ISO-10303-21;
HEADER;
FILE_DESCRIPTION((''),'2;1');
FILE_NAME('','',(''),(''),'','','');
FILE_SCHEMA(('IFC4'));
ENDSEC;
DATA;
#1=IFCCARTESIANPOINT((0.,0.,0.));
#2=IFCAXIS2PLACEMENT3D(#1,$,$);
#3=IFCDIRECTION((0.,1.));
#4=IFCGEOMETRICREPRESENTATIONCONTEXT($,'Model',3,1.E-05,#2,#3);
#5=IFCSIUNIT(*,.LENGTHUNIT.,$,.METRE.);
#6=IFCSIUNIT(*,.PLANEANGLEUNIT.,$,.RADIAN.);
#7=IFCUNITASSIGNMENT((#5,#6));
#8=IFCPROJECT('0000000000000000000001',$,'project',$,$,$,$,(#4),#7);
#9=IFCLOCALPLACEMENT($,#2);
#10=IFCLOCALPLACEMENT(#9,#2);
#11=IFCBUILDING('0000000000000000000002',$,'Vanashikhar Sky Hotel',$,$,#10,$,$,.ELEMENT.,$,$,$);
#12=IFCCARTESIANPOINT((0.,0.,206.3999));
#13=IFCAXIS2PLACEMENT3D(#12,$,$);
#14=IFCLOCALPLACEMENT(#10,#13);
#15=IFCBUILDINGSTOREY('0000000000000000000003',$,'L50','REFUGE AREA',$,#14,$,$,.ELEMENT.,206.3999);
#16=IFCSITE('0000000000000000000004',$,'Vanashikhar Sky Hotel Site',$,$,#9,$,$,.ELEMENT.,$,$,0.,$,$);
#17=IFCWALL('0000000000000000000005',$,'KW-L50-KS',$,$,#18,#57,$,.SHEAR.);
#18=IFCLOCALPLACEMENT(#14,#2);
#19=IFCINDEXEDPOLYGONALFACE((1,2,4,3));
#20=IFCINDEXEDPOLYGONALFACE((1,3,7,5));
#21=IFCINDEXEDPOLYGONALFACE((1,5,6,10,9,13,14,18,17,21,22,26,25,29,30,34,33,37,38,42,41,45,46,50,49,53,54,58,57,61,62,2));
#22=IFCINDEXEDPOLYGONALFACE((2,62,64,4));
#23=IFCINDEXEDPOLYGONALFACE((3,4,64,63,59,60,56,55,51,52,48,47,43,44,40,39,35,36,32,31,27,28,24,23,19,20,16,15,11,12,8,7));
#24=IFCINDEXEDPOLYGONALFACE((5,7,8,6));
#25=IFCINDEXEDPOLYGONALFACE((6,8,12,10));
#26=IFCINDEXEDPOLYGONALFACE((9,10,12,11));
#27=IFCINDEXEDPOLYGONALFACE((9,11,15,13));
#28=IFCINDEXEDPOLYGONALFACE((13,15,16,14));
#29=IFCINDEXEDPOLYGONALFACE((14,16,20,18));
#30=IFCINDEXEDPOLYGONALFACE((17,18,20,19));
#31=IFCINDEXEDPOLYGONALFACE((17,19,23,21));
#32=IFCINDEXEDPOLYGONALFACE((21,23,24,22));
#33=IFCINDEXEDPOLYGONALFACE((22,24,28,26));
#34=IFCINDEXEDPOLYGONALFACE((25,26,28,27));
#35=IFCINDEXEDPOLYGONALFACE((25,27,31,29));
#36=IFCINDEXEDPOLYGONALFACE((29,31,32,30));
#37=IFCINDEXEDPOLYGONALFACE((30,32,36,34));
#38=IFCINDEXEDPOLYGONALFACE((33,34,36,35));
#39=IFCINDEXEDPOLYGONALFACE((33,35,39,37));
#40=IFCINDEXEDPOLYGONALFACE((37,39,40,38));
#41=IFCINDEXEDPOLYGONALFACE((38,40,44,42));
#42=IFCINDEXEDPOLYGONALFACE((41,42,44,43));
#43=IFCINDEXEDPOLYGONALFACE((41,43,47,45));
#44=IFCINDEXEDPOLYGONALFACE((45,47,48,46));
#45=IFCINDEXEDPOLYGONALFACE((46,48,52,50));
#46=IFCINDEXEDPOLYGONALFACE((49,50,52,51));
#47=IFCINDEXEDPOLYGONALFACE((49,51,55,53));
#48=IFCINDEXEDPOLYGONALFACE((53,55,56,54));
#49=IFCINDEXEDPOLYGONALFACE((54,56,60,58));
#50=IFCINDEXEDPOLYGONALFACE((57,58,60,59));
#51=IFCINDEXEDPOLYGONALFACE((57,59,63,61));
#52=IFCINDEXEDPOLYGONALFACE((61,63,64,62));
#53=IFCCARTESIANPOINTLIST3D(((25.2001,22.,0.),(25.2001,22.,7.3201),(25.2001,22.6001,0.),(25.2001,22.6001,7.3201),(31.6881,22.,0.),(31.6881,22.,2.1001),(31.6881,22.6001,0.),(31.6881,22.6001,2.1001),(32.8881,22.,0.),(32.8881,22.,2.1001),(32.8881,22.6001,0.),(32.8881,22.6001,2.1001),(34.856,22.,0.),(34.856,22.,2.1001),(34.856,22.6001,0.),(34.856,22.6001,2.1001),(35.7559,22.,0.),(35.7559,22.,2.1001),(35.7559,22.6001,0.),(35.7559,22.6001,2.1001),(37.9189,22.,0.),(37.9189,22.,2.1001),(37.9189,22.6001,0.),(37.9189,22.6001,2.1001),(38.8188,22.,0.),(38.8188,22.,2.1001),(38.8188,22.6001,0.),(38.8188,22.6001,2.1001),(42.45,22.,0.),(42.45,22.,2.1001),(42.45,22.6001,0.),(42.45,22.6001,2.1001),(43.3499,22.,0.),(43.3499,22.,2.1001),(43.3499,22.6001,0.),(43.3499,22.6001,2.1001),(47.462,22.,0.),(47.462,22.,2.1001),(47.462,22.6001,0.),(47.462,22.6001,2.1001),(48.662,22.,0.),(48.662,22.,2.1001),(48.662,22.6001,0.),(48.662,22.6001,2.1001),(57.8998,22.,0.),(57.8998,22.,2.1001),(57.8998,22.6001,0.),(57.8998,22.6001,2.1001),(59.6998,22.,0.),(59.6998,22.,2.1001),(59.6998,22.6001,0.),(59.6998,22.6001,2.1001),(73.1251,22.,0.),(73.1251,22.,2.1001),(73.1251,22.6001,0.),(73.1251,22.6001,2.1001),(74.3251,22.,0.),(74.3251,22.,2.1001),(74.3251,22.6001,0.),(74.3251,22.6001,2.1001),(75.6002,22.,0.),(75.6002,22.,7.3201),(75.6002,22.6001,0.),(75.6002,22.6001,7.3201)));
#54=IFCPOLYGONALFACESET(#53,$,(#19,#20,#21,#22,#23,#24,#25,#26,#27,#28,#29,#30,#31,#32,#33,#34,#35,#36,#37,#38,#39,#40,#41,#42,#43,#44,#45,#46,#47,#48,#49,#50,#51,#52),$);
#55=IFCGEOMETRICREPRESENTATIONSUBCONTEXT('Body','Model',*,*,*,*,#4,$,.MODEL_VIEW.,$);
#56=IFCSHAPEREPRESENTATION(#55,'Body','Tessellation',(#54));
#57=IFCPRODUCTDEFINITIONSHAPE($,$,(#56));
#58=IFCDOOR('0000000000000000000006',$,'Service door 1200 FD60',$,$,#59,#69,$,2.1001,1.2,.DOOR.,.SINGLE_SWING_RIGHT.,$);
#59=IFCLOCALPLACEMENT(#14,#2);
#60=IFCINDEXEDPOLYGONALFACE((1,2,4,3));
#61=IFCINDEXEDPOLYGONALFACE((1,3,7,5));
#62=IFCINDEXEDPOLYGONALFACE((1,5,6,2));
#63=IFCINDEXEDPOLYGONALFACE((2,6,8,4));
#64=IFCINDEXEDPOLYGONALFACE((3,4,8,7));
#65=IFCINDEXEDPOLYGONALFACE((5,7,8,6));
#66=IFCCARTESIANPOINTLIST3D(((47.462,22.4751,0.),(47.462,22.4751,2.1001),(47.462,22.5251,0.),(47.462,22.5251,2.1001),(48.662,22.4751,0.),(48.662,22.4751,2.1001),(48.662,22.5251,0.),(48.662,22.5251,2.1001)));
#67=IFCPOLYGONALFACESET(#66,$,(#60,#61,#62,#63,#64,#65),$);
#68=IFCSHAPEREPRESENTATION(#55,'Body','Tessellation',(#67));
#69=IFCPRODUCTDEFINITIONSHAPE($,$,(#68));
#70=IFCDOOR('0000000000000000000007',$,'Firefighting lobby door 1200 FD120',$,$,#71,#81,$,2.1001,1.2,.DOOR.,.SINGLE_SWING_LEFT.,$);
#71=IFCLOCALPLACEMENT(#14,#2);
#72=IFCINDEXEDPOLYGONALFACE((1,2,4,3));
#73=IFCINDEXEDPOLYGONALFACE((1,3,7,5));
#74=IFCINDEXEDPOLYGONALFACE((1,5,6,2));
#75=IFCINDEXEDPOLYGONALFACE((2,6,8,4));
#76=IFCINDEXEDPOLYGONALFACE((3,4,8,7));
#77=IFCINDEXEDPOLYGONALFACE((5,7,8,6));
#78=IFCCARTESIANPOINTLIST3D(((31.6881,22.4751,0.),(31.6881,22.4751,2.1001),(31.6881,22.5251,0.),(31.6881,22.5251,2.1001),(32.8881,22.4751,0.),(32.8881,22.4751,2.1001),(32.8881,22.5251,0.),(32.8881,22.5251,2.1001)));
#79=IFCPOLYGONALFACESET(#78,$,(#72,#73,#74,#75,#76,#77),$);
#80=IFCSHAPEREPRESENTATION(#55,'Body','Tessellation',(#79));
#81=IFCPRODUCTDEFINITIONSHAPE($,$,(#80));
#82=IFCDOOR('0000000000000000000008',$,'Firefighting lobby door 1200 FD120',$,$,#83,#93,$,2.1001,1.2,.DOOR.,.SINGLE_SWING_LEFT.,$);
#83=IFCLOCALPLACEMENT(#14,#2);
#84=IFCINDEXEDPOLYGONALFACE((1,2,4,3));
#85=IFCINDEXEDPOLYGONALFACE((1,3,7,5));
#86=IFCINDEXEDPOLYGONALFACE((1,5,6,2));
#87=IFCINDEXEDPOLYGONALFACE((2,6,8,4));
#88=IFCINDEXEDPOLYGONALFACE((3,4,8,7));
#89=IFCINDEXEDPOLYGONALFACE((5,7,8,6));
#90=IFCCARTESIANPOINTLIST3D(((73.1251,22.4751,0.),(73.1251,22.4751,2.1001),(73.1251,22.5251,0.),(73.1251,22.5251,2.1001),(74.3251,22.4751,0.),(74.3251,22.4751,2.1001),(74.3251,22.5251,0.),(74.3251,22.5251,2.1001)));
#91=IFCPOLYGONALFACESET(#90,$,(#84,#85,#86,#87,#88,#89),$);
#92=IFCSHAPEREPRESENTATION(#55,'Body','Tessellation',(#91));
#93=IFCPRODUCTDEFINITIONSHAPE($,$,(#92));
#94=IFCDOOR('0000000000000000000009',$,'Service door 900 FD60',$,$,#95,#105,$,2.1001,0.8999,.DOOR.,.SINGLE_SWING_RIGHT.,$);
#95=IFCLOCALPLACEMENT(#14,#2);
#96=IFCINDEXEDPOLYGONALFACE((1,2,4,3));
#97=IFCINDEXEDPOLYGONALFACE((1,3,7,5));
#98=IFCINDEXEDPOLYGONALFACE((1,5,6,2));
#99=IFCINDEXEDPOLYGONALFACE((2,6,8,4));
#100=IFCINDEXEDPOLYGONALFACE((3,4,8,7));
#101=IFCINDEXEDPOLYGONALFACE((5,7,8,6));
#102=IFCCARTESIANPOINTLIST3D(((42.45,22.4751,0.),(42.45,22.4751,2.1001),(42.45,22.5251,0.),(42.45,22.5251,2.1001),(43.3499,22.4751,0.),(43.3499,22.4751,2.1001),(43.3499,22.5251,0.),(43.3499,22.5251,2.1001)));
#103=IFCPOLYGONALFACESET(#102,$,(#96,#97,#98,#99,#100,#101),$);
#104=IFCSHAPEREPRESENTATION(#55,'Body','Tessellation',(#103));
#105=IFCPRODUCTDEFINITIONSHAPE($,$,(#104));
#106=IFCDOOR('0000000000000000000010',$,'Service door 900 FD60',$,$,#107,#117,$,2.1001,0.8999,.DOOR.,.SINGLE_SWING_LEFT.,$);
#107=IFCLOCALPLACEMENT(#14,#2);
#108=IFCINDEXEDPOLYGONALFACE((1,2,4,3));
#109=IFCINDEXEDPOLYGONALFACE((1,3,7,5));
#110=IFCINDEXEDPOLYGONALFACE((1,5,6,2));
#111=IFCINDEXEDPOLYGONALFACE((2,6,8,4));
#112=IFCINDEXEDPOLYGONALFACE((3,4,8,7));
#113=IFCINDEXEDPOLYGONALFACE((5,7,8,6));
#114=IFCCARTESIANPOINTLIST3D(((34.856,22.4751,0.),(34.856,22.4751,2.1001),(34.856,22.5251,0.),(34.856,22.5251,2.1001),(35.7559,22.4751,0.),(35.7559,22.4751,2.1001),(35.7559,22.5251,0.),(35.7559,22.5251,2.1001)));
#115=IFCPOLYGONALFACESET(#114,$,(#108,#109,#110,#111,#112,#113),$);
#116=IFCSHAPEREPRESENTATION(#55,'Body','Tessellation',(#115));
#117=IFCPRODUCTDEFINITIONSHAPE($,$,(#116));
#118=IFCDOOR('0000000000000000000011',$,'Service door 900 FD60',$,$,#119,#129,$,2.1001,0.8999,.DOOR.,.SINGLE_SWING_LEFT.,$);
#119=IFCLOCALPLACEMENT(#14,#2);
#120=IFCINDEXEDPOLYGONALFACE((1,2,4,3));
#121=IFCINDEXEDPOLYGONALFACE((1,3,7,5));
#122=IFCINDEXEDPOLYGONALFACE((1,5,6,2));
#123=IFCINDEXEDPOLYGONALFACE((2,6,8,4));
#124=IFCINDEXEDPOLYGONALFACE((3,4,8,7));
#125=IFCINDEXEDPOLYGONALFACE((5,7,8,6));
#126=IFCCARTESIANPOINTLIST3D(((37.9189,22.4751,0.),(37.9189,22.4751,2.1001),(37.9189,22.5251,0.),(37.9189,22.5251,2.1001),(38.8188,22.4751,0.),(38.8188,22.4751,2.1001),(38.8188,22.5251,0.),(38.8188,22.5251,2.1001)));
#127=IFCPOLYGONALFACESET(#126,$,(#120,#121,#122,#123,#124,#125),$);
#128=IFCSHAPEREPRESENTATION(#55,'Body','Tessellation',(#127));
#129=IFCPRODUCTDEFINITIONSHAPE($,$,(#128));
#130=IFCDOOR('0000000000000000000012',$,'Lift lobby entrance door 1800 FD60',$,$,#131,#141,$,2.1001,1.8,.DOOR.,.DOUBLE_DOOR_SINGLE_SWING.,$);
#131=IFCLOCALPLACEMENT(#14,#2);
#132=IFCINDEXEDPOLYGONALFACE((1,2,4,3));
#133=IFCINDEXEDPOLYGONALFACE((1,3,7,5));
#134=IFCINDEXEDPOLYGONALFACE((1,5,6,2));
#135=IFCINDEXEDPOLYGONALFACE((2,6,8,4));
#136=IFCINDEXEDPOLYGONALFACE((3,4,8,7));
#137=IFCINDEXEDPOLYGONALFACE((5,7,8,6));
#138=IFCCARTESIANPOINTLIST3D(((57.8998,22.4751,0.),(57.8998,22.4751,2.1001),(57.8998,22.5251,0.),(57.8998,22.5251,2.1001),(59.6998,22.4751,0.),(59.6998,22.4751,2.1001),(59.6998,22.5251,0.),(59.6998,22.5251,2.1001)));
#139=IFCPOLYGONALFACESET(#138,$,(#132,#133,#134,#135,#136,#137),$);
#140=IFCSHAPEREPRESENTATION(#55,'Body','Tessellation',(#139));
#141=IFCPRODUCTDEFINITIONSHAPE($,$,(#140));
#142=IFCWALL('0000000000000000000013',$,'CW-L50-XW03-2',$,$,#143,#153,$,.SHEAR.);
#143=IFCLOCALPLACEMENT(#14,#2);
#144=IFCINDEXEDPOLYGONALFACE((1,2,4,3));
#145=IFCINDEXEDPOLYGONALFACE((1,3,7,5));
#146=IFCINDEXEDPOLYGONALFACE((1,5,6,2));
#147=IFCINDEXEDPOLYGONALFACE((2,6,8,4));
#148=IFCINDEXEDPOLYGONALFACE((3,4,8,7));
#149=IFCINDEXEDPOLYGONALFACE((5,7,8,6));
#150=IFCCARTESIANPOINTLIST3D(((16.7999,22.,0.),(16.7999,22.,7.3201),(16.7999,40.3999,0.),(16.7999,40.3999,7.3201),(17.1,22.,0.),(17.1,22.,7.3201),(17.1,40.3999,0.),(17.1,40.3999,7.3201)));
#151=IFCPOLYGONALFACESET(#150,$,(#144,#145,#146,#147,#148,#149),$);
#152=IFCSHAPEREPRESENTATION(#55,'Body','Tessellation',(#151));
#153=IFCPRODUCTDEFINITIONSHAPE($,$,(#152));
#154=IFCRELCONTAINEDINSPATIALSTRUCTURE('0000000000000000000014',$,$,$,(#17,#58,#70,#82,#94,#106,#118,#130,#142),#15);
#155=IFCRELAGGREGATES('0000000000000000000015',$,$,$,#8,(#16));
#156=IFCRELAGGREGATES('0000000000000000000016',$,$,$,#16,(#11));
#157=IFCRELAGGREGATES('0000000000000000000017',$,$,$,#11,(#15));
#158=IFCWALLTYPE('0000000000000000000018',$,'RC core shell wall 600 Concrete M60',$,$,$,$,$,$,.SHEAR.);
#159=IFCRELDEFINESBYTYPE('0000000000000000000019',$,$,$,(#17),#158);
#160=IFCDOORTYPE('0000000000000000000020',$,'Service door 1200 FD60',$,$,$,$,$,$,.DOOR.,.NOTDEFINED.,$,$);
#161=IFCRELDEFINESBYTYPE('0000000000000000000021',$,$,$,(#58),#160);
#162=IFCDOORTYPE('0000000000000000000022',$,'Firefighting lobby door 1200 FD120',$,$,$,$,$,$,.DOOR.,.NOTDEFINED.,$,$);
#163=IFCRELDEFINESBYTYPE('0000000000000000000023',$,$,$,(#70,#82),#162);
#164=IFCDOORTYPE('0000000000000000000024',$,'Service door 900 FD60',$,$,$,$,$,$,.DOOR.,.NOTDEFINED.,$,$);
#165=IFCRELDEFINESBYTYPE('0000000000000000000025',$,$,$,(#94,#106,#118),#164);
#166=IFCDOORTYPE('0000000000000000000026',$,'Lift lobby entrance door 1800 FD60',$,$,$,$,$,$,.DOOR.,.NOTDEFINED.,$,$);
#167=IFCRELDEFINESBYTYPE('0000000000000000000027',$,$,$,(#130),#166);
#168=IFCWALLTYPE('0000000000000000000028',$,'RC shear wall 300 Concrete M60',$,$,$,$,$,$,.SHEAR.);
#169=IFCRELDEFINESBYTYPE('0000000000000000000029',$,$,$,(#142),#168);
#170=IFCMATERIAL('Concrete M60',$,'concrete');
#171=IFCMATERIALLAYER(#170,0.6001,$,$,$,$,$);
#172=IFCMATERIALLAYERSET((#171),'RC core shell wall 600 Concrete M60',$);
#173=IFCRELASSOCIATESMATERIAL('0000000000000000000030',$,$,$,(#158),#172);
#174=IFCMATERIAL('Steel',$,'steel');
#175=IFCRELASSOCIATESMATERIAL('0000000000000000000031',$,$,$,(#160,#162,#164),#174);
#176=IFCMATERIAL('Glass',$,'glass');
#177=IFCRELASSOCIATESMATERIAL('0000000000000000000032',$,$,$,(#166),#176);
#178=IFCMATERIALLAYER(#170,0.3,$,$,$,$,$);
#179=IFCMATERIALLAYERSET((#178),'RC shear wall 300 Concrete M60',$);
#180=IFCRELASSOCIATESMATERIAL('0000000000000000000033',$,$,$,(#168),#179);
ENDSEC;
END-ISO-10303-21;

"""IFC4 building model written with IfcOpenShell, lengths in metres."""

from ifc_helpers import new_model, si_unit, direction, frame, frame_2d, origin, place, context, subcontext, project, spatial, rectangle, extrude, source, transform, mapped, material, layer, layer_set, type_object, element, fill, save


model = new_model("IFC4")

# Units and contexts
model_context = context("Model", 3, precision=1e-05, world=origin(), true_north=direction((0.0, 1.0)))
body_context = subcontext(model_context, "Body", "Model", "MODEL_VIEW")
ifc_project = project(units=[si_unit("LENGTHUNIT", "METRE"), si_unit("PLANEANGLEUNIT", "RADIAN")], contexts=[model_context])

# Site, building, storey
site_placement = place(None, origin())
site = spatial("IfcSite", under=ifc_project, at=site_placement, Name="Vanashikhar Sky Hotel Site", CompositionType="ELEMENT", RefElevation=0.0)
building_placement = place(site_placement, origin())
building = spatial("IfcBuilding", under=site, at=building_placement, Name="Vanashikhar Sky Hotel", CompositionType="ELEMENT")
storey_placement = place(building_placement, frame((0.0, 0.0, 206.3999)))
storey = spatial("IfcBuildingStorey", under=building, at=storey_placement, Name="L50", Description="REFUGE AREA", CompositionType="ELEMENT", Elevation=206.3999)

# Wall, openings, doors
ifc_material_1 = material(Name="Concrete M60", Category="concrete")
ifc_layer_1 = layer(ifc_material_1, 0.6001)
ifc_layer_set_1 = layer_set([ifc_layer_1], Name="RC core shell wall 600 Concrete M60")
wall_type_1 = type_object("IfcWallType", Name="RC core shell wall 600 Concrete M60", PredefinedType="SHEAR", material=ifc_layer_set_1)
shared_shape_1 = source(origin(), body_context, "Body", "SweptSolid", [
    extrude(rectangle(XDim=50.4001, YDim=0.6001, at=frame_2d((25.2002, 0.0))), origin(), (0.0, 0.0, 1.0), 7.3201),
])
wall_1_placement = place(storey_placement, frame((25.2, 22.3, 0.0), z_axis=(0.0, 0.0, 1.0), x_axis=(1.0, 0.0, 0.0)))
wall_1 = element("IfcWall", 1, at=wall_1_placement, inside=storey, type_object=wall_type_1, Name="KW-L50-KS", PredefinedType="SHEAR", context=body_context, shape_type="MappedRepresentation", body=[
    mapped(shared_shape_1, transform((0.0, 0.0, 0.0), scale=1.0)),
])
shared_shape_2 = source(origin(), body_context, "Body", "SweptSolid", [
    extrude(rectangle(XDim=1.2, YDim=2.1001, at=frame_2d((0.6001, 1.05))), frame((0.0, 0.3101, 0.0), z_axis=(0.0, -1.0, 0.0), x_axis=(1.0, 0.0, 0.0)), (0.0, 0.0, 1.0), 0.6201),
])
opening_1_placement = place(wall_1_placement, frame((22.262, 0.0, 0.0)))
opening_1 = element("IfcOpeningElement", 2, at=opening_1_placement, cuts=wall_1, PredefinedType="OPENING", context=body_context, shape_type="MappedRepresentation", body=[
    mapped(shared_shape_2, transform((0.0, 0.0, 0.0), scale=1.0)),
])
shared_shape_3 = source(origin(), body_context, "Body", "SweptSolid", [
    extrude(rectangle(XDim=0.8999, YDim=2.1001, at=frame_2d((0.45, 1.05))), frame((0.0, 0.3101, 0.0), z_axis=(0.0, -1.0, 0.0), x_axis=(1.0, 0.0, 0.0)), (0.0, 0.0, 1.0), 0.6201),
])
opening_2_placement = place(wall_1_placement, frame((17.25, 0.0, 0.0)))
opening_2 = element("IfcOpeningElement", 3, at=opening_2_placement, cuts=wall_1, PredefinedType="OPENING", context=body_context, shape_type="MappedRepresentation", body=[
    mapped(shared_shape_3, transform((0.0, 0.0, 0.0), scale=1.0)),
])
opening_3_placement = place(wall_1_placement, frame((9.656, 0.0, 0.0)))
opening_3 = element("IfcOpeningElement", 4, at=opening_3_placement, cuts=wall_1, PredefinedType="OPENING", context=body_context, shape_type="MappedRepresentation", body=[
    mapped(shared_shape_3, transform((0.0, 0.0, 0.0), scale=1.0)),
])
opening_4_placement = place(wall_1_placement, frame((12.719, 0.0, 0.0)))
opening_4 = element("IfcOpeningElement", 5, at=opening_4_placement, cuts=wall_1, PredefinedType="OPENING", context=body_context, shape_type="MappedRepresentation", body=[
    mapped(shared_shape_3, transform((0.0, 0.0, 0.0), scale=1.0)),
])
shared_shape_4 = source(origin(), body_context, "Body", "SweptSolid", [
    extrude(rectangle(XDim=1.8, YDim=2.1001, at=frame_2d((0.8999, 1.05))), frame((0.0, 0.3101, 0.0), z_axis=(0.0, -1.0, 0.0), x_axis=(1.0, 0.0, 0.0)), (0.0, 0.0, 1.0), 0.6201),
])
opening_5_placement = place(wall_1_placement, frame((32.7, 0.0, 0.0)))
opening_5 = element("IfcOpeningElement", 6, at=opening_5_placement, cuts=wall_1, PredefinedType="OPENING", context=body_context, shape_type="MappedRepresentation", body=[
    mapped(shared_shape_4, transform((0.0, 0.0, 0.0), scale=1.0)),
])
opening_6_placement = place(wall_1_placement, frame((6.488, 0.0, 0.0)))
opening_6 = element("IfcOpeningElement", 7, at=opening_6_placement, cuts=wall_1, PredefinedType="OPENING", context=body_context, shape_type="MappedRepresentation", body=[
    mapped(shared_shape_2, transform((0.0, 0.0, 0.0), scale=1.0)),
])
opening_7_placement = place(wall_1_placement, frame((47.925, 0.0, 0.0)))
opening_7 = element("IfcOpeningElement", 8, at=opening_7_placement, cuts=wall_1, PredefinedType="OPENING", context=body_context, shape_type="MappedRepresentation", body=[
    mapped(shared_shape_2, transform((0.0, 0.0, 0.0), scale=1.0)),
])
ifc_material_2 = material(Name="Steel", Category="steel")
door_type_1 = type_object("IfcDoorType", Name="Service door 1200 FD60", OperationType="NOTDEFINED", PredefinedType="DOOR", material=ifc_material_2)
shared_shape_5 = source(origin(), body_context, "Body", "SweptSolid", [
    extrude(rectangle(XDim=1.2, YDim=2.1001, at=frame_2d((0.6001, 1.05))), frame((0.0, 0.2251, 0.0), z_axis=(0.0, -1.0, 0.0), x_axis=(1.0, 0.0, 0.0)), (0.0, 0.0, 1.0), 0.05),
])
door_1_placement = place(opening_1_placement, origin())
door_1 = element("IfcDoor", 9, at=door_1_placement, inside=storey, type_object=door_type_1, Name="Service door 1200 FD60", OperationType="SINGLE_SWING_RIGHT", OverallHeight=2.1001, OverallWidth=1.2, PredefinedType="DOOR", context=body_context, shape_type="MappedRepresentation", body=[
    mapped(shared_shape_5, transform((0.0, 0.0, 0.0), scale=1.0)),
])
fill(opening_1, door_1)
door_type_2 = type_object("IfcDoorType", Name="Firefighting lobby door 1200 FD120", OperationType="NOTDEFINED", PredefinedType="DOOR", material=ifc_material_2)
door_2_placement = place(opening_6_placement, origin())
door_2 = element("IfcDoor", 10, at=door_2_placement, inside=storey, type_object=door_type_2, Name="Firefighting lobby door 1200 FD120", OperationType="SINGLE_SWING_LEFT", OverallHeight=2.1001, OverallWidth=1.2, PredefinedType="DOOR", context=body_context, shape_type="MappedRepresentation", body=[
    mapped(shared_shape_5, transform((0.0, 0.0, 0.0), scale=1.0)),
])
fill(opening_6, door_2)
door_3_placement = place(opening_7_placement, origin())
door_3 = element("IfcDoor", 11, at=door_3_placement, inside=storey, type_object=door_type_2, Name="Firefighting lobby door 1200 FD120", OperationType="SINGLE_SWING_LEFT", OverallHeight=2.1001, OverallWidth=1.2, PredefinedType="DOOR", context=body_context, shape_type="MappedRepresentation", body=[
    mapped(shared_shape_5, transform((0.0, 0.0, 0.0), scale=1.0)),
])
fill(opening_7, door_3)
door_type_3 = type_object("IfcDoorType", Name="Service door 900 FD60", OperationType="NOTDEFINED", PredefinedType="DOOR", material=ifc_material_2)
shared_shape_6 = source(origin(), body_context, "Body", "SweptSolid", [
    extrude(rectangle(XDim=0.8999, YDim=2.1001, at=frame_2d((0.45, 1.05))), frame((0.0, 0.2251, 0.0), z_axis=(0.0, -1.0, 0.0), x_axis=(1.0, 0.0, 0.0)), (0.0, 0.0, 1.0), 0.05),
])
door_4_placement = place(opening_2_placement, origin())
door_4 = element("IfcDoor", 12, at=door_4_placement, inside=storey, type_object=door_type_3, Name="Service door 900 FD60", OperationType="SINGLE_SWING_RIGHT", OverallHeight=2.1001, OverallWidth=0.8999, PredefinedType="DOOR", context=body_context, shape_type="MappedRepresentation", body=[
    mapped(shared_shape_6, transform((0.0, 0.0, 0.0), scale=1.0)),
])
fill(opening_2, door_4)
door_5_placement = place(opening_3_placement, origin())
door_5 = element("IfcDoor", 13, at=door_5_placement, inside=storey, type_object=door_type_3, Name="Service door 900 FD60", OperationType="SINGLE_SWING_LEFT", OverallHeight=2.1001, OverallWidth=0.8999, PredefinedType="DOOR", context=body_context, shape_type="MappedRepresentation", body=[
    mapped(shared_shape_6, transform((0.0, 0.0, 0.0), scale=1.0)),
])
fill(opening_3, door_5)
door_6_placement = place(opening_4_placement, origin())
door_6 = element("IfcDoor", 14, at=door_6_placement, inside=storey, type_object=door_type_3, Name="Service door 900 FD60", OperationType="SINGLE_SWING_LEFT", OverallHeight=2.1001, OverallWidth=0.8999, PredefinedType="DOOR", context=body_context, shape_type="MappedRepresentation", body=[
    mapped(shared_shape_6, transform((0.0, 0.0, 0.0), scale=1.0)),
])
fill(opening_4, door_6)
ifc_material_3 = material(Name="Glass", Category="glass")
door_type_4 = type_object("IfcDoorType", Name="Lift lobby entrance door 1800 FD60", OperationType="NOTDEFINED", PredefinedType="DOOR", material=ifc_material_3)
shared_shape_7 = source(origin(), body_context, "Body", "SweptSolid", [
    extrude(rectangle(XDim=1.8, YDim=2.1001, at=frame_2d((0.8999, 1.05))), frame((0.0, 0.2251, 0.0), z_axis=(0.0, -1.0, 0.0), x_axis=(1.0, 0.0, 0.0)), (0.0, 0.0, 1.0), 0.05),
])
door_7_placement = place(opening_5_placement, origin())
door_7 = element("IfcDoor", 15, at=door_7_placement, inside=storey, type_object=door_type_4, Name="Lift lobby entrance door 1800 FD60", OperationType="DOUBLE_DOOR_SINGLE_SWING", OverallHeight=2.1001, OverallWidth=1.8, PredefinedType="DOOR", context=body_context, shape_type="MappedRepresentation", body=[
    mapped(shared_shape_7, transform((0.0, 0.0, 0.0), scale=1.0)),
])
fill(opening_5, door_7)

# Wall
ifc_layer_2 = layer(ifc_material_1, 0.3)
ifc_layer_set_2 = layer_set([ifc_layer_2], Name="RC shear wall 300 Concrete M60")
wall_type_2 = type_object("IfcWallType", Name="RC shear wall 300 Concrete M60", PredefinedType="SHEAR", material=ifc_layer_set_2)
shared_shape_8 = source(origin(), body_context, "Body", "SweptSolid", [
    extrude(rectangle(XDim=18.3999, YDim=0.3, at=frame_2d((9.2, 0.0))), origin(), (0.0, 0.0, 1.0), 7.3201),
])
wall_2_placement = place(storey_placement, frame((16.95, 22.0, 0.0), z_axis=(0.0, 0.0, 1.0), x_axis=(0.0, 1.0, 0.0)))
element("IfcWall", 16, at=wall_2_placement, inside=storey, type_object=wall_type_2, Name="CW-L50-XW03-2", PredefinedType="SHEAR", context=body_context, shape_type="MappedRepresentation", body=[
    mapped(shared_shape_8, transform((0.0, 0.0, 0.0), scale=1.0)),
])

save(model, "model.ifc")
